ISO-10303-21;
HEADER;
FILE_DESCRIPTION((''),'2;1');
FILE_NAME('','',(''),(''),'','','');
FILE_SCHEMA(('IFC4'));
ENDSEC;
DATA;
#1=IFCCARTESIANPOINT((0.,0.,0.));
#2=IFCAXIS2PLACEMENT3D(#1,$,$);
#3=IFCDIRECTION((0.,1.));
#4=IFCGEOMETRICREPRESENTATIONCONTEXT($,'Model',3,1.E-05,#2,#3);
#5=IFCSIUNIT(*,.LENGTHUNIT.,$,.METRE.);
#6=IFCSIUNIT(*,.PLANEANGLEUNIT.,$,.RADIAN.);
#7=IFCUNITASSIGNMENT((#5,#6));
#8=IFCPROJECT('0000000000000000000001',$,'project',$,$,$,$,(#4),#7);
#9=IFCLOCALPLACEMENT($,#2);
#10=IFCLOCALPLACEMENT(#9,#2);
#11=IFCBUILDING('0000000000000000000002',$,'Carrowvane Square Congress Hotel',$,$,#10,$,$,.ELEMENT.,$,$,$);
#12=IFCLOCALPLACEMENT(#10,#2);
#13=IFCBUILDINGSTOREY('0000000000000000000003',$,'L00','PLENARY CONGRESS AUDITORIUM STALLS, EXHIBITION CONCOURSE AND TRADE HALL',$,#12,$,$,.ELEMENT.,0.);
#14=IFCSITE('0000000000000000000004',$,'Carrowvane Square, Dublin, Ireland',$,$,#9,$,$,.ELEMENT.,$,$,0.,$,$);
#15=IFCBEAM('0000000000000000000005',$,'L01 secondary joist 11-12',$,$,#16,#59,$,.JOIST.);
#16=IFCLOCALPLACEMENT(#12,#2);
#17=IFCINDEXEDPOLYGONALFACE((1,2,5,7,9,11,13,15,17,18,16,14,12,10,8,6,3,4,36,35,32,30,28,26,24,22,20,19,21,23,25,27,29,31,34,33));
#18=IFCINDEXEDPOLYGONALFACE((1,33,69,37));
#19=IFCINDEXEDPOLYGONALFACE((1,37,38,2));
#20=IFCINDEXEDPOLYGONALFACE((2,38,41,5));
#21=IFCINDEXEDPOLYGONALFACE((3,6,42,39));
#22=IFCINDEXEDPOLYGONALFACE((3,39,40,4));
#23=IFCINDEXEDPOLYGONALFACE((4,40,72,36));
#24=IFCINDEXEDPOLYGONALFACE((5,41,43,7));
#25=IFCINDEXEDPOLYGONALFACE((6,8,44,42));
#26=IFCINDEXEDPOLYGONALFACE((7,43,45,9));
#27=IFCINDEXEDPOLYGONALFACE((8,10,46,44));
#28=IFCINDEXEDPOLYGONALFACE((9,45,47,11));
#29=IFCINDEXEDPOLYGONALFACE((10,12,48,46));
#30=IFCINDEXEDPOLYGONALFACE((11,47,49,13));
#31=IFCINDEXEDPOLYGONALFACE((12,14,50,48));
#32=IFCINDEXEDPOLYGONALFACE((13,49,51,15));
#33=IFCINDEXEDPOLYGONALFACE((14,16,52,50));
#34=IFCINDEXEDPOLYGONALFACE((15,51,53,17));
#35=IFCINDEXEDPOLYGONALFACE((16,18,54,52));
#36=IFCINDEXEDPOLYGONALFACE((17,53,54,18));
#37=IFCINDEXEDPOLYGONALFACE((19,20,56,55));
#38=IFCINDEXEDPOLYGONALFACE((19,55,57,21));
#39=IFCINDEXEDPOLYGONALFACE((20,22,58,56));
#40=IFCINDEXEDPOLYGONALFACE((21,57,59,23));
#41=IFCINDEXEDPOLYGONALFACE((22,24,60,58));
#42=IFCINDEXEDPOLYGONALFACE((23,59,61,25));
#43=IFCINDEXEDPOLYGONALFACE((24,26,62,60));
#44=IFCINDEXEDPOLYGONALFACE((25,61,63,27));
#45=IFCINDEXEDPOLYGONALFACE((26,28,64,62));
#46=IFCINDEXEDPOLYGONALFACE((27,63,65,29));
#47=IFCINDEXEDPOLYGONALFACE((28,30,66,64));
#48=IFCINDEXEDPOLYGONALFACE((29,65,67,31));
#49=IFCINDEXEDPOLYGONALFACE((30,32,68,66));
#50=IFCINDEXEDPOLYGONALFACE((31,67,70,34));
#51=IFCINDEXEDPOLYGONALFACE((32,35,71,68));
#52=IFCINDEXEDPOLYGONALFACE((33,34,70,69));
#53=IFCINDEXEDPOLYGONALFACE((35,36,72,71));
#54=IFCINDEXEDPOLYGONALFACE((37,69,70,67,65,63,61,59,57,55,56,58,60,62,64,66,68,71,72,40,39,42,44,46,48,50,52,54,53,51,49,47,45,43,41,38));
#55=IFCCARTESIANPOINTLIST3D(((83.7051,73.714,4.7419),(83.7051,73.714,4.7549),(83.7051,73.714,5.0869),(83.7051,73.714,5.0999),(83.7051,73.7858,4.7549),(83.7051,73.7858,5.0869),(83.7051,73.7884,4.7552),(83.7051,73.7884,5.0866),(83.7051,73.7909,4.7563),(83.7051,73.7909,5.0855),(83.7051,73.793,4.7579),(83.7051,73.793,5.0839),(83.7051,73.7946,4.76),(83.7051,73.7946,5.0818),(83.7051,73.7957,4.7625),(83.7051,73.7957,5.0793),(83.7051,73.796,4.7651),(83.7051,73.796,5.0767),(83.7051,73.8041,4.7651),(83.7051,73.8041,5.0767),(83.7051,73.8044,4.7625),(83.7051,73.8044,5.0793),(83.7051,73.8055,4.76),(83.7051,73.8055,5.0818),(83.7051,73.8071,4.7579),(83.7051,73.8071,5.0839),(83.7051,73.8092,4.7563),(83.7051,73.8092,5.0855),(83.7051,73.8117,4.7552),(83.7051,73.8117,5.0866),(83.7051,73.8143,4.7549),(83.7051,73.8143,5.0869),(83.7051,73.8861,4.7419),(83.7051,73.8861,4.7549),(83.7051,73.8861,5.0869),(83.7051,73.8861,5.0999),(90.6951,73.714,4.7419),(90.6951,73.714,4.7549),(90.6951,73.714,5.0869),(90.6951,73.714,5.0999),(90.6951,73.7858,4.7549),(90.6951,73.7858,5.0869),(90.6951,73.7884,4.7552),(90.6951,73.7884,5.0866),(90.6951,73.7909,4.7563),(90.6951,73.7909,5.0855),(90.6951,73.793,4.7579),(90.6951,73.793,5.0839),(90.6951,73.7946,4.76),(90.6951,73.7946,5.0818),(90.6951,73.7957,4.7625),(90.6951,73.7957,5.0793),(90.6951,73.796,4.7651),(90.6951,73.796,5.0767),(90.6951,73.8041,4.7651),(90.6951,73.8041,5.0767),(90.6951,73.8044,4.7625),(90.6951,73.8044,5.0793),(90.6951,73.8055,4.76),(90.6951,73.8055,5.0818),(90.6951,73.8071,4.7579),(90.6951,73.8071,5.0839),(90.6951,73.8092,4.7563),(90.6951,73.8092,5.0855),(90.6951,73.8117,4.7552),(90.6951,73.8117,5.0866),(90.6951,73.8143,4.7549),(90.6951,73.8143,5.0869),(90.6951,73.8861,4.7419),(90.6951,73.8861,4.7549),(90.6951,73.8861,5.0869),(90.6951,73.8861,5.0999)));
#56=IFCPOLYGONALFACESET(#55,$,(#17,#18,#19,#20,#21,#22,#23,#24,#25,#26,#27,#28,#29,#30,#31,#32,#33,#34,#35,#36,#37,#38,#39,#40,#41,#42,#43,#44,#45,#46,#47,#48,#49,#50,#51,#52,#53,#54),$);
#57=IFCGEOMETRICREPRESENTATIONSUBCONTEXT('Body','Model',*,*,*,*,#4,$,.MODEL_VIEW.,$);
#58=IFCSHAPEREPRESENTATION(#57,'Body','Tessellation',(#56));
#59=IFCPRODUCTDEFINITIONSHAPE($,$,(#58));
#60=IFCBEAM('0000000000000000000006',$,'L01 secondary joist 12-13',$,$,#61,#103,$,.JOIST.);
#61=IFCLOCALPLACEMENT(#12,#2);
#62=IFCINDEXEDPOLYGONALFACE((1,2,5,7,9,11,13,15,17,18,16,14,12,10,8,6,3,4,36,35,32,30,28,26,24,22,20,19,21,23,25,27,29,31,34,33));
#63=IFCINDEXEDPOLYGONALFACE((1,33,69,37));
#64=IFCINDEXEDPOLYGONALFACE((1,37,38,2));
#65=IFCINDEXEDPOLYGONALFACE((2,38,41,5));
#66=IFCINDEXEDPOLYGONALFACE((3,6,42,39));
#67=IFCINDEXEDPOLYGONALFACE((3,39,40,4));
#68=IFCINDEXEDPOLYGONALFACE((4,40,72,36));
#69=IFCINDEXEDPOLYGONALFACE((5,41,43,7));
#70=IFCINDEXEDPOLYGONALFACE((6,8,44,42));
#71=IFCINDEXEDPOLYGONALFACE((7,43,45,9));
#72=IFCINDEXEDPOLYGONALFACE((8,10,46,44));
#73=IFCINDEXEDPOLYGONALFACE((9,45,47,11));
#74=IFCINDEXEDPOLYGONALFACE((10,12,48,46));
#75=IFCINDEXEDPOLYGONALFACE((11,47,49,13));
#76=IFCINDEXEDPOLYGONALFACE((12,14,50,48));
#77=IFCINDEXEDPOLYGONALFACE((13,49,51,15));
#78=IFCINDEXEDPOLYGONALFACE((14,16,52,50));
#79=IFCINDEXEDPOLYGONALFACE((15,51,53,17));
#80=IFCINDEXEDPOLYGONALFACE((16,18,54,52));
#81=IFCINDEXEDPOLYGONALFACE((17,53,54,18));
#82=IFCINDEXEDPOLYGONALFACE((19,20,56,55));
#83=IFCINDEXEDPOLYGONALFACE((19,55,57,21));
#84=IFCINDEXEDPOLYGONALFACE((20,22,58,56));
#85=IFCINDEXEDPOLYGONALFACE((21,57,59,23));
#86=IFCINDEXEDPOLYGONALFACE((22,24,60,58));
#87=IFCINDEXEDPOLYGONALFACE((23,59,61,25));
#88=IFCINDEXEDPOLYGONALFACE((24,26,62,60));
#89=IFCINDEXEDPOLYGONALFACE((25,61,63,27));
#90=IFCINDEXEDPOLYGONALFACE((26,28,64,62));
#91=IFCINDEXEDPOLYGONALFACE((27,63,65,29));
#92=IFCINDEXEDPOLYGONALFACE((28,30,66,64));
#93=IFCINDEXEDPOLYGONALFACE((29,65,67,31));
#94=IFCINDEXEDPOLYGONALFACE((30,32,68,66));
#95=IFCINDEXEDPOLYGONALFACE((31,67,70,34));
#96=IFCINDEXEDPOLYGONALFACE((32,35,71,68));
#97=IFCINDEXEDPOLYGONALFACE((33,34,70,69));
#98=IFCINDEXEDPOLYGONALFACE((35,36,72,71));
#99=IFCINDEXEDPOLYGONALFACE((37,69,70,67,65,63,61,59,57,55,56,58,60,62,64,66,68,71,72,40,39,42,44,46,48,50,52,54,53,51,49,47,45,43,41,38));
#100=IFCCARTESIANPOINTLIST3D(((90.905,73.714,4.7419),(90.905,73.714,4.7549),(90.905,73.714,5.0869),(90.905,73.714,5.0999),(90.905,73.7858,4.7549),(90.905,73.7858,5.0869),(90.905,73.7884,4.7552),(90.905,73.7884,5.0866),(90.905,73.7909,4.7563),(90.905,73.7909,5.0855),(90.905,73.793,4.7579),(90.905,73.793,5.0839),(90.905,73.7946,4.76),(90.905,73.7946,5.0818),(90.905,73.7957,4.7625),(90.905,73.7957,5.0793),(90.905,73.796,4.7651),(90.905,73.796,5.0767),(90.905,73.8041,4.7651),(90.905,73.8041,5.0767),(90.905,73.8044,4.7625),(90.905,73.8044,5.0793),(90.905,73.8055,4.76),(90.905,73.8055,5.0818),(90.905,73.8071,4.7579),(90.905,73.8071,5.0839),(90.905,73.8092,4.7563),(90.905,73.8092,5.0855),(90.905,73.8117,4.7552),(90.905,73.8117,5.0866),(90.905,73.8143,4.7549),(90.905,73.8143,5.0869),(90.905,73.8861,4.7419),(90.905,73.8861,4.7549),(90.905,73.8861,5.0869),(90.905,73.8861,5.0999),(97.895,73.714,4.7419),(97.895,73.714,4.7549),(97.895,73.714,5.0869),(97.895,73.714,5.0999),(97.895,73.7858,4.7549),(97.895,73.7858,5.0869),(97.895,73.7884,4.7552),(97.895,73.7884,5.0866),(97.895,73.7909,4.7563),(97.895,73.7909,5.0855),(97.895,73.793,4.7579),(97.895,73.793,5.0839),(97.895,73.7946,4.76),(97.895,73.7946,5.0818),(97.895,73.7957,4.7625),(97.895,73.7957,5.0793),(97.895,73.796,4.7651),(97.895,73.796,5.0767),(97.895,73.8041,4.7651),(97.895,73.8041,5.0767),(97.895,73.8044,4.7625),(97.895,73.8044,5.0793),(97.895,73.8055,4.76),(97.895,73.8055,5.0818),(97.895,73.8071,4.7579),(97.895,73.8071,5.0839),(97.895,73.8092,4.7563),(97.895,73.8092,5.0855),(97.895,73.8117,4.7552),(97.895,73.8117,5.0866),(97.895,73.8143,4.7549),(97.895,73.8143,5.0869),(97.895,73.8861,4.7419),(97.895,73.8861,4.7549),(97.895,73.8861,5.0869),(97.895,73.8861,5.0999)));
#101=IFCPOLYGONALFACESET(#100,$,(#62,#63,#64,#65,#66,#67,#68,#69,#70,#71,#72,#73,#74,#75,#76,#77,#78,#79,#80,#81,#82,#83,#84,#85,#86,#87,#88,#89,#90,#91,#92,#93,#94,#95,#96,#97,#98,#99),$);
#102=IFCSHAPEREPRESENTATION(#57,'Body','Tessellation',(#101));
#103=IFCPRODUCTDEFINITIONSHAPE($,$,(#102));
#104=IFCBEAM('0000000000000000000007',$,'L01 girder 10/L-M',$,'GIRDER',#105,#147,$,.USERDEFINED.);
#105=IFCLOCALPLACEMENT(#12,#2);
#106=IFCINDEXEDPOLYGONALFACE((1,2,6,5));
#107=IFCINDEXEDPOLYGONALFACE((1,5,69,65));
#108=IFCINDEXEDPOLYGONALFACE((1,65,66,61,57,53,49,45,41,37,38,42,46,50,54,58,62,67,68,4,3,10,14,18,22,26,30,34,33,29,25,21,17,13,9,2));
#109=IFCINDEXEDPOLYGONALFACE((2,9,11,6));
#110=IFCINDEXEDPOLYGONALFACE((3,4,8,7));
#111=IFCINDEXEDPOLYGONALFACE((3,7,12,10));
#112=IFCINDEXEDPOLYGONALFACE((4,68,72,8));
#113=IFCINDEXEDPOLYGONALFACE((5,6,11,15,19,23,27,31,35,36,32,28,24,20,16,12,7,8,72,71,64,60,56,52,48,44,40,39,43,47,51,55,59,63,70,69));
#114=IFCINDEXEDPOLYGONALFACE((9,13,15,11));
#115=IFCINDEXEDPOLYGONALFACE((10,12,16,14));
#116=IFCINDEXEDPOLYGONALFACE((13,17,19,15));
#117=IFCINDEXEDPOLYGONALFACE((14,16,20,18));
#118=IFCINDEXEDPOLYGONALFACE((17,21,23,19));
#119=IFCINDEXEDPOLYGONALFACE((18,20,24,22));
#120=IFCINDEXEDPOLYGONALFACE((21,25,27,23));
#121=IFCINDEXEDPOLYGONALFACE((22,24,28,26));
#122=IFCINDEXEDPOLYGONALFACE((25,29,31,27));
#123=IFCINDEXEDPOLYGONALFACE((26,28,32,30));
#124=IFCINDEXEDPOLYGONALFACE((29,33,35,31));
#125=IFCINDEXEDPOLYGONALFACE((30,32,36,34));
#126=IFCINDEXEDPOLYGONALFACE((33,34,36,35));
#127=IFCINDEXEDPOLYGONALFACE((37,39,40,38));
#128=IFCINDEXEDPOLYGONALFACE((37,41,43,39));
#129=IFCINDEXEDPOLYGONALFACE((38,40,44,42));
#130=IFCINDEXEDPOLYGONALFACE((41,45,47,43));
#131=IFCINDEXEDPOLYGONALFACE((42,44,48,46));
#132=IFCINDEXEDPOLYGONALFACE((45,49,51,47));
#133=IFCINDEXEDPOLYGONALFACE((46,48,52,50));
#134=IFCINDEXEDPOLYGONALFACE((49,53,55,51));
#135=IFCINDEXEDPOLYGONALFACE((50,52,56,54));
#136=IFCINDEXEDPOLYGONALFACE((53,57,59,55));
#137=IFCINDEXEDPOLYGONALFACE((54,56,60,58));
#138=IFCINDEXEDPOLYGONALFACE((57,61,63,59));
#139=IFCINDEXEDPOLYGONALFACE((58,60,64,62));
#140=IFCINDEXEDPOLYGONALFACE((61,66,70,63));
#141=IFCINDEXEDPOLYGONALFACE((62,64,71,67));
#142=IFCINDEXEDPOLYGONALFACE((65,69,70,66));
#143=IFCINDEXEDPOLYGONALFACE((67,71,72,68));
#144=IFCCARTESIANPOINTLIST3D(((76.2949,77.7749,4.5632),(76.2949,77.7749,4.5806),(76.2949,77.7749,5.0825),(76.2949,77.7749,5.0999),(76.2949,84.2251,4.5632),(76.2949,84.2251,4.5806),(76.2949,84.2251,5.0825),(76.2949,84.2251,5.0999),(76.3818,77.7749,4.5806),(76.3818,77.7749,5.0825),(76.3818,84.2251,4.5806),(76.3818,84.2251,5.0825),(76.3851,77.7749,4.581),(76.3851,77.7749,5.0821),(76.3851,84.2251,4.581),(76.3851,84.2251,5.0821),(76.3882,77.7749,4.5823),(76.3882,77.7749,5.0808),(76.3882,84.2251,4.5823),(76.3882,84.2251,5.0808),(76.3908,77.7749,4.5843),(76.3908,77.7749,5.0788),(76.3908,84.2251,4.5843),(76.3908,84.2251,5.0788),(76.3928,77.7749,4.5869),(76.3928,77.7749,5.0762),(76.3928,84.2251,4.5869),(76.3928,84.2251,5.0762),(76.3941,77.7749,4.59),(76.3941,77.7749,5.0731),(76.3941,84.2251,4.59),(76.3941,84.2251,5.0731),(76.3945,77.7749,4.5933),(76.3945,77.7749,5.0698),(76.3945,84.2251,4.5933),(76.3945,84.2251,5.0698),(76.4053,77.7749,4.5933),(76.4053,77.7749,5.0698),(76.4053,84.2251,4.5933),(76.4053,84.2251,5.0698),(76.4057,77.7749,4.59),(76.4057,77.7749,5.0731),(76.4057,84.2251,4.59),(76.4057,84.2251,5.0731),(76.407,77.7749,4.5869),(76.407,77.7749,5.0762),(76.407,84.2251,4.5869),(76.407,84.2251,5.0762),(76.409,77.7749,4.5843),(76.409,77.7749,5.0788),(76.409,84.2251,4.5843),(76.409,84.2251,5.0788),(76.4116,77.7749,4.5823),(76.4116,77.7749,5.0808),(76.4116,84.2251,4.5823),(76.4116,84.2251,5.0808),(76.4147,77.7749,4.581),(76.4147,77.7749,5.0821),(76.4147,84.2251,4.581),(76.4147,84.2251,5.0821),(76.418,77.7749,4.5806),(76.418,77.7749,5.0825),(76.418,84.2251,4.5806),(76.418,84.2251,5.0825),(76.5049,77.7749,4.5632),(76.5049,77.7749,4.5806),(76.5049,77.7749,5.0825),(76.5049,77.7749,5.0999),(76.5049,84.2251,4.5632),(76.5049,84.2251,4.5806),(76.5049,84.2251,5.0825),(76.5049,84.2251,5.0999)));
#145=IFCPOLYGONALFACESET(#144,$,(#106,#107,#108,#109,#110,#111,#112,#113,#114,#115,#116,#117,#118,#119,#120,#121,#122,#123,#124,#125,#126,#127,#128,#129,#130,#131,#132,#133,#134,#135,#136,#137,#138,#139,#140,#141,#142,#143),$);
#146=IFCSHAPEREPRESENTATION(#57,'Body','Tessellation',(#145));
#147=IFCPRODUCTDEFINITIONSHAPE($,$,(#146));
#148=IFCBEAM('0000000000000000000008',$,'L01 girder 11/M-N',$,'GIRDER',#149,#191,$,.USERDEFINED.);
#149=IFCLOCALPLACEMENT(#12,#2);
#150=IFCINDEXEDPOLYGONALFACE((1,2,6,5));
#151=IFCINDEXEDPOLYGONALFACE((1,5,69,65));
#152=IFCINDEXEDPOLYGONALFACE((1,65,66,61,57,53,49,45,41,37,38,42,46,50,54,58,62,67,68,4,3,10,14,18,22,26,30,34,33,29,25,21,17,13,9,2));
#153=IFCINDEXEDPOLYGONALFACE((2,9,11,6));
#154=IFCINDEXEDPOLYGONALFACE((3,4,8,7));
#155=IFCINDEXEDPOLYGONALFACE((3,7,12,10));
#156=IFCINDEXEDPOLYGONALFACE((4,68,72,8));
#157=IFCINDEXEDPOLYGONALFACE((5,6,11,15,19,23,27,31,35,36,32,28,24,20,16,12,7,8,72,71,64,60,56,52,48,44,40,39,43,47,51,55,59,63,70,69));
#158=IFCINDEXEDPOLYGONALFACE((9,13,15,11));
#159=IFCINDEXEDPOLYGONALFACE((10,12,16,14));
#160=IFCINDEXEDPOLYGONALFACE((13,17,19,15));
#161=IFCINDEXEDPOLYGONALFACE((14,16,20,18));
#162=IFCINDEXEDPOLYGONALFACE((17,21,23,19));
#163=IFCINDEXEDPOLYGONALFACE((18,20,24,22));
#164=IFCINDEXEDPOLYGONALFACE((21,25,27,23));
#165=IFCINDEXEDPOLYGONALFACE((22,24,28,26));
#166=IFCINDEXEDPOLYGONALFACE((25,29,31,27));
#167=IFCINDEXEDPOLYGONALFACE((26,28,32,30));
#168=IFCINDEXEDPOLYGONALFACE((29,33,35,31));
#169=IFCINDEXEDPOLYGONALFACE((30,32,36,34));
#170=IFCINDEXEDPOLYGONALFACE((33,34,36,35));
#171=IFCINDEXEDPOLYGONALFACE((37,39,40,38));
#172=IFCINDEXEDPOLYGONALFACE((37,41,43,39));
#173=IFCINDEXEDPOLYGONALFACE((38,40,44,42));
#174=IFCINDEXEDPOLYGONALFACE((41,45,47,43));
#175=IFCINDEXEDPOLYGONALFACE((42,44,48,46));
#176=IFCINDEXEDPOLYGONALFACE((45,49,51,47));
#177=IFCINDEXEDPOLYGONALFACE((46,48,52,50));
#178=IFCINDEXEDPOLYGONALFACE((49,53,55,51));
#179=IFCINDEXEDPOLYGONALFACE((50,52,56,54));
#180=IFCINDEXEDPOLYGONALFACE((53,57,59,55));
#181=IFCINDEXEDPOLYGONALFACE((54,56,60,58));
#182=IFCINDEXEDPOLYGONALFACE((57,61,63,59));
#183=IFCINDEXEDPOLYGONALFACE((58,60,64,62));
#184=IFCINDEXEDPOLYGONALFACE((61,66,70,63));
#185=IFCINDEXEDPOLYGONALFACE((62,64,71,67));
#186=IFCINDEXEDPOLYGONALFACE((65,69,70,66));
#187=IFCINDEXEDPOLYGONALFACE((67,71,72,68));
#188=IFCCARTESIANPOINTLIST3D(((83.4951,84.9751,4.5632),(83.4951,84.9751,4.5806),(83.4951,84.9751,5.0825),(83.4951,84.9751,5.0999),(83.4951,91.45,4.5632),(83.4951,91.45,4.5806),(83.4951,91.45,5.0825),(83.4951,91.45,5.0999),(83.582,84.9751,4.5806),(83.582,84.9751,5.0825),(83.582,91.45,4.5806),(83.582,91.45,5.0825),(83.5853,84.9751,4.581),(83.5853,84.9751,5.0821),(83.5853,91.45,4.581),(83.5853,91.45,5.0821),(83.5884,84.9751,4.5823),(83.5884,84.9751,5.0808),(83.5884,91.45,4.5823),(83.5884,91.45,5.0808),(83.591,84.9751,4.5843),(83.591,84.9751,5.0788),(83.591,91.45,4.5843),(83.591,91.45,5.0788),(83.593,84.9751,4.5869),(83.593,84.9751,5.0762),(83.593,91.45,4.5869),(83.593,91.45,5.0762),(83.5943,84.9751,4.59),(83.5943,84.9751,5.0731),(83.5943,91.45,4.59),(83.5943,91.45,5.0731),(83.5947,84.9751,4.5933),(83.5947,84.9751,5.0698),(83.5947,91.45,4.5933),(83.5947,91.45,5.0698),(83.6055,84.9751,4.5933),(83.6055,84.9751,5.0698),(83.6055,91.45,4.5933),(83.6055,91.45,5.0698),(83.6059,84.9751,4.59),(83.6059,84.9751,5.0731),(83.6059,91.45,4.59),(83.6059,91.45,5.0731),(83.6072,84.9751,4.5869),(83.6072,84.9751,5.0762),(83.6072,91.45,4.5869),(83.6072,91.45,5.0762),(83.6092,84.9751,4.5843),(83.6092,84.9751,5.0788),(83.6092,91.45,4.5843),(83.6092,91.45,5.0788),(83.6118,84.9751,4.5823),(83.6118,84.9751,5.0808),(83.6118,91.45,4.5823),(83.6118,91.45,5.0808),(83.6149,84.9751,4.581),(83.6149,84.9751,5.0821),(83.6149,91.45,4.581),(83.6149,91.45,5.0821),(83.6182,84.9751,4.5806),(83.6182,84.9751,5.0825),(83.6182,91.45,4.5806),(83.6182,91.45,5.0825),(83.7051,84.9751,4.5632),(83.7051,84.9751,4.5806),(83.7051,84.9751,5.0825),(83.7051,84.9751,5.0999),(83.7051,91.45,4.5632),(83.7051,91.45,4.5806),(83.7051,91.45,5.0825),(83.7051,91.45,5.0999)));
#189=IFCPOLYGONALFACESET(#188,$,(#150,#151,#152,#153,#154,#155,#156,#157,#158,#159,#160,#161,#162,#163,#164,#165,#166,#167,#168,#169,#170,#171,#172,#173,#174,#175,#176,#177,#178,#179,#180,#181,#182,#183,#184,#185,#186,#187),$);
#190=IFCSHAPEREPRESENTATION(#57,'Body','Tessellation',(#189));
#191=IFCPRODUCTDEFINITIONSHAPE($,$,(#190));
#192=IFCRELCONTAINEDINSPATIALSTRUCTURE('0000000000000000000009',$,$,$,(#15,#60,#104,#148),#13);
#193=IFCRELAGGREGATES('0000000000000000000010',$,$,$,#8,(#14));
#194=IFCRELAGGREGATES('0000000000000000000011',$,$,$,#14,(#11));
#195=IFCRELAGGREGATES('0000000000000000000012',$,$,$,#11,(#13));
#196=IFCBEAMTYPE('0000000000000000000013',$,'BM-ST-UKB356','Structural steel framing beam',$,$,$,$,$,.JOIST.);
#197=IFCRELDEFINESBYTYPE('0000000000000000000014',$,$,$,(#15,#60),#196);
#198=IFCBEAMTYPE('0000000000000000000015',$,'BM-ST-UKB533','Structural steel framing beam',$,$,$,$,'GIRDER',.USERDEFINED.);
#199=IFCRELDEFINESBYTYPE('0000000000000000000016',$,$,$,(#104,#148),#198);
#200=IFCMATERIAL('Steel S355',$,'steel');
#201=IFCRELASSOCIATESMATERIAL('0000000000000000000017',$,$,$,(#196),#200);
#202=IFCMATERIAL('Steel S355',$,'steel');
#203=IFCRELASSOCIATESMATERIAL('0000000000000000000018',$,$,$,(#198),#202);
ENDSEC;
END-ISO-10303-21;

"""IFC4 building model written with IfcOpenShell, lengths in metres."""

from ifc_helpers import new_model, si_unit, direction, frame, origin, origin_2d, place, context, subcontext, project, spatial, i_section, extrude, material, material_profile, profile_set, type_object, element, save


model = new_model("IFC4")

# Units and contexts
model_context = context("Model", 3, precision=1e-05, world=origin(), true_north=direction((0.0, 1.0)))
body_context = subcontext(model_context, "Body", "Model", "MODEL_VIEW")
ifc_project = project(units=[si_unit("LENGTHUNIT", "METRE"), si_unit("PLANEANGLEUNIT", "RADIAN")], contexts=[model_context])

# Site, building, storey
site_placement = place(None, origin())
site = spatial("IfcSite", under=ifc_project, at=site_placement, Name="Carrowvane Square, Dublin, Ireland", CompositionType="ELEMENT", RefElevation=0.0)
building_placement = place(site_placement, origin())
building = spatial("IfcBuilding", under=site, at=building_placement, Name="Carrowvane Square Congress Hotel", CompositionType="ELEMENT")
storey_placement = place(building_placement, origin())
storey = spatial("IfcBuildingStorey", under=building, at=storey_placement, Name="L00", Description="PLENARY CONGRESS AUDITORIUM STALLS, EXHIBITION CONCOURSE AND TRADE HALL", CompositionType="ELEMENT", Elevation=0.0)

# Beams
ifc_material_1 = material(Name="Steel S355", Category="steel")
ifc_material_profile_1 = material_profile(ifc_material_1, i_section(OverallWidth=0.1721, OverallDepth=0.3579, WebThickness=0.0081, FlangeThickness=0.0129, FilletRadius=0.0103, at=origin_2d()), Name="UKB 356x171x57")
ifc_profile_set_1 = profile_set([ifc_material_profile_1], Name="Steel S355")
beam_type_1 = type_object("IfcBeamType", Name="BM-ST-UKB356", Description="Structural steel framing beam", PredefinedType="JOIST", material=ifc_profile_set_1)
for number, where, z_axis, x_axis, name in (
    (1, (83.7051, 73.8, 4.9209), (1.0, 0.0, 0.0), (0.0, 1.0, 0.0), "L01 secondary joist 11-12"),
    (2, (90.905, 73.8, 4.9209), (1.0, 0.0, 0.0), (0.0, 1.0, 0.0), "L01 secondary joist 12-13"),
):
    element("IfcBeam", number, at=place(storey_placement, frame(where, z_axis=z_axis, x_axis=x_axis)), inside=storey, type_object=beam_type_1, Name=name, PredefinedType="JOIST", context=body_context, shape_type="SweptSolid", body=[
        extrude(i_section(OverallWidth=0.1721, OverallDepth=0.3579, WebThickness=0.0081, FlangeThickness=0.0129, FilletRadius=0.0103, at=origin_2d()), origin(), (0.0, 0.0, 1.0), 6.99),
    ])
ifc_material_2 = material(Name="Steel S355", Category="steel")
ifc_material_profile_2 = material_profile(ifc_material_2, i_section(OverallWidth=0.21, OverallDepth=0.5366, WebThickness=0.0107, FlangeThickness=0.0173, FilletRadius=0.0127, at=origin_2d()), Name="UKB 533x210x101")
ifc_profile_set_2 = profile_set([ifc_material_profile_2], Name="Steel S355")
beam_type_2 = type_object("IfcBeamType", Name="BM-ST-UKB533", Description="Structural steel framing beam", ElementType="GIRDER", PredefinedType="USERDEFINED", material=ifc_profile_set_2)
beam_1_placement = place(storey_placement, frame((76.3999, 77.7749, 4.8315), z_axis=(0.0, 1.0, 0.0), x_axis=(-1.0, 0.0, 0.0)))
element("IfcBeam", 3, at=beam_1_placement, inside=storey, type_object=beam_type_2, Name="L01 girder 10/L-M", ObjectType="GIRDER", PredefinedType="USERDEFINED", context=body_context, shape_type="SweptSolid", body=[
    extrude(i_section(OverallWidth=0.21, OverallDepth=0.5366, WebThickness=0.0107, FlangeThickness=0.0173, FilletRadius=0.0127, at=origin_2d()), origin(), (0.0, 0.0, 1.0), 6.4502),
])
for number, where, z_axis, x_axis, name in (
    (4, (83.6001, 84.9751, 4.8315), (0.0, 1.0, 0.0), (-1.0, 0.0, 0.0), "L01 girder 11/M-N"),
):
    element("IfcBeam", number, at=place(storey_placement, frame(where, z_axis=z_axis, x_axis=x_axis)), inside=storey, type_object=beam_type_2, Name=name, ObjectType="GIRDER", PredefinedType="USERDEFINED", context=body_context, shape_type="SweptSolid", body=[
        extrude(i_section(OverallWidth=0.21, OverallDepth=0.5366, WebThickness=0.0107, FlangeThickness=0.0173, FilletRadius=0.0127, at=origin_2d()), origin(), (0.0, 0.0, 1.0), 6.4749),
    ])

save(model, "model.ifc")
